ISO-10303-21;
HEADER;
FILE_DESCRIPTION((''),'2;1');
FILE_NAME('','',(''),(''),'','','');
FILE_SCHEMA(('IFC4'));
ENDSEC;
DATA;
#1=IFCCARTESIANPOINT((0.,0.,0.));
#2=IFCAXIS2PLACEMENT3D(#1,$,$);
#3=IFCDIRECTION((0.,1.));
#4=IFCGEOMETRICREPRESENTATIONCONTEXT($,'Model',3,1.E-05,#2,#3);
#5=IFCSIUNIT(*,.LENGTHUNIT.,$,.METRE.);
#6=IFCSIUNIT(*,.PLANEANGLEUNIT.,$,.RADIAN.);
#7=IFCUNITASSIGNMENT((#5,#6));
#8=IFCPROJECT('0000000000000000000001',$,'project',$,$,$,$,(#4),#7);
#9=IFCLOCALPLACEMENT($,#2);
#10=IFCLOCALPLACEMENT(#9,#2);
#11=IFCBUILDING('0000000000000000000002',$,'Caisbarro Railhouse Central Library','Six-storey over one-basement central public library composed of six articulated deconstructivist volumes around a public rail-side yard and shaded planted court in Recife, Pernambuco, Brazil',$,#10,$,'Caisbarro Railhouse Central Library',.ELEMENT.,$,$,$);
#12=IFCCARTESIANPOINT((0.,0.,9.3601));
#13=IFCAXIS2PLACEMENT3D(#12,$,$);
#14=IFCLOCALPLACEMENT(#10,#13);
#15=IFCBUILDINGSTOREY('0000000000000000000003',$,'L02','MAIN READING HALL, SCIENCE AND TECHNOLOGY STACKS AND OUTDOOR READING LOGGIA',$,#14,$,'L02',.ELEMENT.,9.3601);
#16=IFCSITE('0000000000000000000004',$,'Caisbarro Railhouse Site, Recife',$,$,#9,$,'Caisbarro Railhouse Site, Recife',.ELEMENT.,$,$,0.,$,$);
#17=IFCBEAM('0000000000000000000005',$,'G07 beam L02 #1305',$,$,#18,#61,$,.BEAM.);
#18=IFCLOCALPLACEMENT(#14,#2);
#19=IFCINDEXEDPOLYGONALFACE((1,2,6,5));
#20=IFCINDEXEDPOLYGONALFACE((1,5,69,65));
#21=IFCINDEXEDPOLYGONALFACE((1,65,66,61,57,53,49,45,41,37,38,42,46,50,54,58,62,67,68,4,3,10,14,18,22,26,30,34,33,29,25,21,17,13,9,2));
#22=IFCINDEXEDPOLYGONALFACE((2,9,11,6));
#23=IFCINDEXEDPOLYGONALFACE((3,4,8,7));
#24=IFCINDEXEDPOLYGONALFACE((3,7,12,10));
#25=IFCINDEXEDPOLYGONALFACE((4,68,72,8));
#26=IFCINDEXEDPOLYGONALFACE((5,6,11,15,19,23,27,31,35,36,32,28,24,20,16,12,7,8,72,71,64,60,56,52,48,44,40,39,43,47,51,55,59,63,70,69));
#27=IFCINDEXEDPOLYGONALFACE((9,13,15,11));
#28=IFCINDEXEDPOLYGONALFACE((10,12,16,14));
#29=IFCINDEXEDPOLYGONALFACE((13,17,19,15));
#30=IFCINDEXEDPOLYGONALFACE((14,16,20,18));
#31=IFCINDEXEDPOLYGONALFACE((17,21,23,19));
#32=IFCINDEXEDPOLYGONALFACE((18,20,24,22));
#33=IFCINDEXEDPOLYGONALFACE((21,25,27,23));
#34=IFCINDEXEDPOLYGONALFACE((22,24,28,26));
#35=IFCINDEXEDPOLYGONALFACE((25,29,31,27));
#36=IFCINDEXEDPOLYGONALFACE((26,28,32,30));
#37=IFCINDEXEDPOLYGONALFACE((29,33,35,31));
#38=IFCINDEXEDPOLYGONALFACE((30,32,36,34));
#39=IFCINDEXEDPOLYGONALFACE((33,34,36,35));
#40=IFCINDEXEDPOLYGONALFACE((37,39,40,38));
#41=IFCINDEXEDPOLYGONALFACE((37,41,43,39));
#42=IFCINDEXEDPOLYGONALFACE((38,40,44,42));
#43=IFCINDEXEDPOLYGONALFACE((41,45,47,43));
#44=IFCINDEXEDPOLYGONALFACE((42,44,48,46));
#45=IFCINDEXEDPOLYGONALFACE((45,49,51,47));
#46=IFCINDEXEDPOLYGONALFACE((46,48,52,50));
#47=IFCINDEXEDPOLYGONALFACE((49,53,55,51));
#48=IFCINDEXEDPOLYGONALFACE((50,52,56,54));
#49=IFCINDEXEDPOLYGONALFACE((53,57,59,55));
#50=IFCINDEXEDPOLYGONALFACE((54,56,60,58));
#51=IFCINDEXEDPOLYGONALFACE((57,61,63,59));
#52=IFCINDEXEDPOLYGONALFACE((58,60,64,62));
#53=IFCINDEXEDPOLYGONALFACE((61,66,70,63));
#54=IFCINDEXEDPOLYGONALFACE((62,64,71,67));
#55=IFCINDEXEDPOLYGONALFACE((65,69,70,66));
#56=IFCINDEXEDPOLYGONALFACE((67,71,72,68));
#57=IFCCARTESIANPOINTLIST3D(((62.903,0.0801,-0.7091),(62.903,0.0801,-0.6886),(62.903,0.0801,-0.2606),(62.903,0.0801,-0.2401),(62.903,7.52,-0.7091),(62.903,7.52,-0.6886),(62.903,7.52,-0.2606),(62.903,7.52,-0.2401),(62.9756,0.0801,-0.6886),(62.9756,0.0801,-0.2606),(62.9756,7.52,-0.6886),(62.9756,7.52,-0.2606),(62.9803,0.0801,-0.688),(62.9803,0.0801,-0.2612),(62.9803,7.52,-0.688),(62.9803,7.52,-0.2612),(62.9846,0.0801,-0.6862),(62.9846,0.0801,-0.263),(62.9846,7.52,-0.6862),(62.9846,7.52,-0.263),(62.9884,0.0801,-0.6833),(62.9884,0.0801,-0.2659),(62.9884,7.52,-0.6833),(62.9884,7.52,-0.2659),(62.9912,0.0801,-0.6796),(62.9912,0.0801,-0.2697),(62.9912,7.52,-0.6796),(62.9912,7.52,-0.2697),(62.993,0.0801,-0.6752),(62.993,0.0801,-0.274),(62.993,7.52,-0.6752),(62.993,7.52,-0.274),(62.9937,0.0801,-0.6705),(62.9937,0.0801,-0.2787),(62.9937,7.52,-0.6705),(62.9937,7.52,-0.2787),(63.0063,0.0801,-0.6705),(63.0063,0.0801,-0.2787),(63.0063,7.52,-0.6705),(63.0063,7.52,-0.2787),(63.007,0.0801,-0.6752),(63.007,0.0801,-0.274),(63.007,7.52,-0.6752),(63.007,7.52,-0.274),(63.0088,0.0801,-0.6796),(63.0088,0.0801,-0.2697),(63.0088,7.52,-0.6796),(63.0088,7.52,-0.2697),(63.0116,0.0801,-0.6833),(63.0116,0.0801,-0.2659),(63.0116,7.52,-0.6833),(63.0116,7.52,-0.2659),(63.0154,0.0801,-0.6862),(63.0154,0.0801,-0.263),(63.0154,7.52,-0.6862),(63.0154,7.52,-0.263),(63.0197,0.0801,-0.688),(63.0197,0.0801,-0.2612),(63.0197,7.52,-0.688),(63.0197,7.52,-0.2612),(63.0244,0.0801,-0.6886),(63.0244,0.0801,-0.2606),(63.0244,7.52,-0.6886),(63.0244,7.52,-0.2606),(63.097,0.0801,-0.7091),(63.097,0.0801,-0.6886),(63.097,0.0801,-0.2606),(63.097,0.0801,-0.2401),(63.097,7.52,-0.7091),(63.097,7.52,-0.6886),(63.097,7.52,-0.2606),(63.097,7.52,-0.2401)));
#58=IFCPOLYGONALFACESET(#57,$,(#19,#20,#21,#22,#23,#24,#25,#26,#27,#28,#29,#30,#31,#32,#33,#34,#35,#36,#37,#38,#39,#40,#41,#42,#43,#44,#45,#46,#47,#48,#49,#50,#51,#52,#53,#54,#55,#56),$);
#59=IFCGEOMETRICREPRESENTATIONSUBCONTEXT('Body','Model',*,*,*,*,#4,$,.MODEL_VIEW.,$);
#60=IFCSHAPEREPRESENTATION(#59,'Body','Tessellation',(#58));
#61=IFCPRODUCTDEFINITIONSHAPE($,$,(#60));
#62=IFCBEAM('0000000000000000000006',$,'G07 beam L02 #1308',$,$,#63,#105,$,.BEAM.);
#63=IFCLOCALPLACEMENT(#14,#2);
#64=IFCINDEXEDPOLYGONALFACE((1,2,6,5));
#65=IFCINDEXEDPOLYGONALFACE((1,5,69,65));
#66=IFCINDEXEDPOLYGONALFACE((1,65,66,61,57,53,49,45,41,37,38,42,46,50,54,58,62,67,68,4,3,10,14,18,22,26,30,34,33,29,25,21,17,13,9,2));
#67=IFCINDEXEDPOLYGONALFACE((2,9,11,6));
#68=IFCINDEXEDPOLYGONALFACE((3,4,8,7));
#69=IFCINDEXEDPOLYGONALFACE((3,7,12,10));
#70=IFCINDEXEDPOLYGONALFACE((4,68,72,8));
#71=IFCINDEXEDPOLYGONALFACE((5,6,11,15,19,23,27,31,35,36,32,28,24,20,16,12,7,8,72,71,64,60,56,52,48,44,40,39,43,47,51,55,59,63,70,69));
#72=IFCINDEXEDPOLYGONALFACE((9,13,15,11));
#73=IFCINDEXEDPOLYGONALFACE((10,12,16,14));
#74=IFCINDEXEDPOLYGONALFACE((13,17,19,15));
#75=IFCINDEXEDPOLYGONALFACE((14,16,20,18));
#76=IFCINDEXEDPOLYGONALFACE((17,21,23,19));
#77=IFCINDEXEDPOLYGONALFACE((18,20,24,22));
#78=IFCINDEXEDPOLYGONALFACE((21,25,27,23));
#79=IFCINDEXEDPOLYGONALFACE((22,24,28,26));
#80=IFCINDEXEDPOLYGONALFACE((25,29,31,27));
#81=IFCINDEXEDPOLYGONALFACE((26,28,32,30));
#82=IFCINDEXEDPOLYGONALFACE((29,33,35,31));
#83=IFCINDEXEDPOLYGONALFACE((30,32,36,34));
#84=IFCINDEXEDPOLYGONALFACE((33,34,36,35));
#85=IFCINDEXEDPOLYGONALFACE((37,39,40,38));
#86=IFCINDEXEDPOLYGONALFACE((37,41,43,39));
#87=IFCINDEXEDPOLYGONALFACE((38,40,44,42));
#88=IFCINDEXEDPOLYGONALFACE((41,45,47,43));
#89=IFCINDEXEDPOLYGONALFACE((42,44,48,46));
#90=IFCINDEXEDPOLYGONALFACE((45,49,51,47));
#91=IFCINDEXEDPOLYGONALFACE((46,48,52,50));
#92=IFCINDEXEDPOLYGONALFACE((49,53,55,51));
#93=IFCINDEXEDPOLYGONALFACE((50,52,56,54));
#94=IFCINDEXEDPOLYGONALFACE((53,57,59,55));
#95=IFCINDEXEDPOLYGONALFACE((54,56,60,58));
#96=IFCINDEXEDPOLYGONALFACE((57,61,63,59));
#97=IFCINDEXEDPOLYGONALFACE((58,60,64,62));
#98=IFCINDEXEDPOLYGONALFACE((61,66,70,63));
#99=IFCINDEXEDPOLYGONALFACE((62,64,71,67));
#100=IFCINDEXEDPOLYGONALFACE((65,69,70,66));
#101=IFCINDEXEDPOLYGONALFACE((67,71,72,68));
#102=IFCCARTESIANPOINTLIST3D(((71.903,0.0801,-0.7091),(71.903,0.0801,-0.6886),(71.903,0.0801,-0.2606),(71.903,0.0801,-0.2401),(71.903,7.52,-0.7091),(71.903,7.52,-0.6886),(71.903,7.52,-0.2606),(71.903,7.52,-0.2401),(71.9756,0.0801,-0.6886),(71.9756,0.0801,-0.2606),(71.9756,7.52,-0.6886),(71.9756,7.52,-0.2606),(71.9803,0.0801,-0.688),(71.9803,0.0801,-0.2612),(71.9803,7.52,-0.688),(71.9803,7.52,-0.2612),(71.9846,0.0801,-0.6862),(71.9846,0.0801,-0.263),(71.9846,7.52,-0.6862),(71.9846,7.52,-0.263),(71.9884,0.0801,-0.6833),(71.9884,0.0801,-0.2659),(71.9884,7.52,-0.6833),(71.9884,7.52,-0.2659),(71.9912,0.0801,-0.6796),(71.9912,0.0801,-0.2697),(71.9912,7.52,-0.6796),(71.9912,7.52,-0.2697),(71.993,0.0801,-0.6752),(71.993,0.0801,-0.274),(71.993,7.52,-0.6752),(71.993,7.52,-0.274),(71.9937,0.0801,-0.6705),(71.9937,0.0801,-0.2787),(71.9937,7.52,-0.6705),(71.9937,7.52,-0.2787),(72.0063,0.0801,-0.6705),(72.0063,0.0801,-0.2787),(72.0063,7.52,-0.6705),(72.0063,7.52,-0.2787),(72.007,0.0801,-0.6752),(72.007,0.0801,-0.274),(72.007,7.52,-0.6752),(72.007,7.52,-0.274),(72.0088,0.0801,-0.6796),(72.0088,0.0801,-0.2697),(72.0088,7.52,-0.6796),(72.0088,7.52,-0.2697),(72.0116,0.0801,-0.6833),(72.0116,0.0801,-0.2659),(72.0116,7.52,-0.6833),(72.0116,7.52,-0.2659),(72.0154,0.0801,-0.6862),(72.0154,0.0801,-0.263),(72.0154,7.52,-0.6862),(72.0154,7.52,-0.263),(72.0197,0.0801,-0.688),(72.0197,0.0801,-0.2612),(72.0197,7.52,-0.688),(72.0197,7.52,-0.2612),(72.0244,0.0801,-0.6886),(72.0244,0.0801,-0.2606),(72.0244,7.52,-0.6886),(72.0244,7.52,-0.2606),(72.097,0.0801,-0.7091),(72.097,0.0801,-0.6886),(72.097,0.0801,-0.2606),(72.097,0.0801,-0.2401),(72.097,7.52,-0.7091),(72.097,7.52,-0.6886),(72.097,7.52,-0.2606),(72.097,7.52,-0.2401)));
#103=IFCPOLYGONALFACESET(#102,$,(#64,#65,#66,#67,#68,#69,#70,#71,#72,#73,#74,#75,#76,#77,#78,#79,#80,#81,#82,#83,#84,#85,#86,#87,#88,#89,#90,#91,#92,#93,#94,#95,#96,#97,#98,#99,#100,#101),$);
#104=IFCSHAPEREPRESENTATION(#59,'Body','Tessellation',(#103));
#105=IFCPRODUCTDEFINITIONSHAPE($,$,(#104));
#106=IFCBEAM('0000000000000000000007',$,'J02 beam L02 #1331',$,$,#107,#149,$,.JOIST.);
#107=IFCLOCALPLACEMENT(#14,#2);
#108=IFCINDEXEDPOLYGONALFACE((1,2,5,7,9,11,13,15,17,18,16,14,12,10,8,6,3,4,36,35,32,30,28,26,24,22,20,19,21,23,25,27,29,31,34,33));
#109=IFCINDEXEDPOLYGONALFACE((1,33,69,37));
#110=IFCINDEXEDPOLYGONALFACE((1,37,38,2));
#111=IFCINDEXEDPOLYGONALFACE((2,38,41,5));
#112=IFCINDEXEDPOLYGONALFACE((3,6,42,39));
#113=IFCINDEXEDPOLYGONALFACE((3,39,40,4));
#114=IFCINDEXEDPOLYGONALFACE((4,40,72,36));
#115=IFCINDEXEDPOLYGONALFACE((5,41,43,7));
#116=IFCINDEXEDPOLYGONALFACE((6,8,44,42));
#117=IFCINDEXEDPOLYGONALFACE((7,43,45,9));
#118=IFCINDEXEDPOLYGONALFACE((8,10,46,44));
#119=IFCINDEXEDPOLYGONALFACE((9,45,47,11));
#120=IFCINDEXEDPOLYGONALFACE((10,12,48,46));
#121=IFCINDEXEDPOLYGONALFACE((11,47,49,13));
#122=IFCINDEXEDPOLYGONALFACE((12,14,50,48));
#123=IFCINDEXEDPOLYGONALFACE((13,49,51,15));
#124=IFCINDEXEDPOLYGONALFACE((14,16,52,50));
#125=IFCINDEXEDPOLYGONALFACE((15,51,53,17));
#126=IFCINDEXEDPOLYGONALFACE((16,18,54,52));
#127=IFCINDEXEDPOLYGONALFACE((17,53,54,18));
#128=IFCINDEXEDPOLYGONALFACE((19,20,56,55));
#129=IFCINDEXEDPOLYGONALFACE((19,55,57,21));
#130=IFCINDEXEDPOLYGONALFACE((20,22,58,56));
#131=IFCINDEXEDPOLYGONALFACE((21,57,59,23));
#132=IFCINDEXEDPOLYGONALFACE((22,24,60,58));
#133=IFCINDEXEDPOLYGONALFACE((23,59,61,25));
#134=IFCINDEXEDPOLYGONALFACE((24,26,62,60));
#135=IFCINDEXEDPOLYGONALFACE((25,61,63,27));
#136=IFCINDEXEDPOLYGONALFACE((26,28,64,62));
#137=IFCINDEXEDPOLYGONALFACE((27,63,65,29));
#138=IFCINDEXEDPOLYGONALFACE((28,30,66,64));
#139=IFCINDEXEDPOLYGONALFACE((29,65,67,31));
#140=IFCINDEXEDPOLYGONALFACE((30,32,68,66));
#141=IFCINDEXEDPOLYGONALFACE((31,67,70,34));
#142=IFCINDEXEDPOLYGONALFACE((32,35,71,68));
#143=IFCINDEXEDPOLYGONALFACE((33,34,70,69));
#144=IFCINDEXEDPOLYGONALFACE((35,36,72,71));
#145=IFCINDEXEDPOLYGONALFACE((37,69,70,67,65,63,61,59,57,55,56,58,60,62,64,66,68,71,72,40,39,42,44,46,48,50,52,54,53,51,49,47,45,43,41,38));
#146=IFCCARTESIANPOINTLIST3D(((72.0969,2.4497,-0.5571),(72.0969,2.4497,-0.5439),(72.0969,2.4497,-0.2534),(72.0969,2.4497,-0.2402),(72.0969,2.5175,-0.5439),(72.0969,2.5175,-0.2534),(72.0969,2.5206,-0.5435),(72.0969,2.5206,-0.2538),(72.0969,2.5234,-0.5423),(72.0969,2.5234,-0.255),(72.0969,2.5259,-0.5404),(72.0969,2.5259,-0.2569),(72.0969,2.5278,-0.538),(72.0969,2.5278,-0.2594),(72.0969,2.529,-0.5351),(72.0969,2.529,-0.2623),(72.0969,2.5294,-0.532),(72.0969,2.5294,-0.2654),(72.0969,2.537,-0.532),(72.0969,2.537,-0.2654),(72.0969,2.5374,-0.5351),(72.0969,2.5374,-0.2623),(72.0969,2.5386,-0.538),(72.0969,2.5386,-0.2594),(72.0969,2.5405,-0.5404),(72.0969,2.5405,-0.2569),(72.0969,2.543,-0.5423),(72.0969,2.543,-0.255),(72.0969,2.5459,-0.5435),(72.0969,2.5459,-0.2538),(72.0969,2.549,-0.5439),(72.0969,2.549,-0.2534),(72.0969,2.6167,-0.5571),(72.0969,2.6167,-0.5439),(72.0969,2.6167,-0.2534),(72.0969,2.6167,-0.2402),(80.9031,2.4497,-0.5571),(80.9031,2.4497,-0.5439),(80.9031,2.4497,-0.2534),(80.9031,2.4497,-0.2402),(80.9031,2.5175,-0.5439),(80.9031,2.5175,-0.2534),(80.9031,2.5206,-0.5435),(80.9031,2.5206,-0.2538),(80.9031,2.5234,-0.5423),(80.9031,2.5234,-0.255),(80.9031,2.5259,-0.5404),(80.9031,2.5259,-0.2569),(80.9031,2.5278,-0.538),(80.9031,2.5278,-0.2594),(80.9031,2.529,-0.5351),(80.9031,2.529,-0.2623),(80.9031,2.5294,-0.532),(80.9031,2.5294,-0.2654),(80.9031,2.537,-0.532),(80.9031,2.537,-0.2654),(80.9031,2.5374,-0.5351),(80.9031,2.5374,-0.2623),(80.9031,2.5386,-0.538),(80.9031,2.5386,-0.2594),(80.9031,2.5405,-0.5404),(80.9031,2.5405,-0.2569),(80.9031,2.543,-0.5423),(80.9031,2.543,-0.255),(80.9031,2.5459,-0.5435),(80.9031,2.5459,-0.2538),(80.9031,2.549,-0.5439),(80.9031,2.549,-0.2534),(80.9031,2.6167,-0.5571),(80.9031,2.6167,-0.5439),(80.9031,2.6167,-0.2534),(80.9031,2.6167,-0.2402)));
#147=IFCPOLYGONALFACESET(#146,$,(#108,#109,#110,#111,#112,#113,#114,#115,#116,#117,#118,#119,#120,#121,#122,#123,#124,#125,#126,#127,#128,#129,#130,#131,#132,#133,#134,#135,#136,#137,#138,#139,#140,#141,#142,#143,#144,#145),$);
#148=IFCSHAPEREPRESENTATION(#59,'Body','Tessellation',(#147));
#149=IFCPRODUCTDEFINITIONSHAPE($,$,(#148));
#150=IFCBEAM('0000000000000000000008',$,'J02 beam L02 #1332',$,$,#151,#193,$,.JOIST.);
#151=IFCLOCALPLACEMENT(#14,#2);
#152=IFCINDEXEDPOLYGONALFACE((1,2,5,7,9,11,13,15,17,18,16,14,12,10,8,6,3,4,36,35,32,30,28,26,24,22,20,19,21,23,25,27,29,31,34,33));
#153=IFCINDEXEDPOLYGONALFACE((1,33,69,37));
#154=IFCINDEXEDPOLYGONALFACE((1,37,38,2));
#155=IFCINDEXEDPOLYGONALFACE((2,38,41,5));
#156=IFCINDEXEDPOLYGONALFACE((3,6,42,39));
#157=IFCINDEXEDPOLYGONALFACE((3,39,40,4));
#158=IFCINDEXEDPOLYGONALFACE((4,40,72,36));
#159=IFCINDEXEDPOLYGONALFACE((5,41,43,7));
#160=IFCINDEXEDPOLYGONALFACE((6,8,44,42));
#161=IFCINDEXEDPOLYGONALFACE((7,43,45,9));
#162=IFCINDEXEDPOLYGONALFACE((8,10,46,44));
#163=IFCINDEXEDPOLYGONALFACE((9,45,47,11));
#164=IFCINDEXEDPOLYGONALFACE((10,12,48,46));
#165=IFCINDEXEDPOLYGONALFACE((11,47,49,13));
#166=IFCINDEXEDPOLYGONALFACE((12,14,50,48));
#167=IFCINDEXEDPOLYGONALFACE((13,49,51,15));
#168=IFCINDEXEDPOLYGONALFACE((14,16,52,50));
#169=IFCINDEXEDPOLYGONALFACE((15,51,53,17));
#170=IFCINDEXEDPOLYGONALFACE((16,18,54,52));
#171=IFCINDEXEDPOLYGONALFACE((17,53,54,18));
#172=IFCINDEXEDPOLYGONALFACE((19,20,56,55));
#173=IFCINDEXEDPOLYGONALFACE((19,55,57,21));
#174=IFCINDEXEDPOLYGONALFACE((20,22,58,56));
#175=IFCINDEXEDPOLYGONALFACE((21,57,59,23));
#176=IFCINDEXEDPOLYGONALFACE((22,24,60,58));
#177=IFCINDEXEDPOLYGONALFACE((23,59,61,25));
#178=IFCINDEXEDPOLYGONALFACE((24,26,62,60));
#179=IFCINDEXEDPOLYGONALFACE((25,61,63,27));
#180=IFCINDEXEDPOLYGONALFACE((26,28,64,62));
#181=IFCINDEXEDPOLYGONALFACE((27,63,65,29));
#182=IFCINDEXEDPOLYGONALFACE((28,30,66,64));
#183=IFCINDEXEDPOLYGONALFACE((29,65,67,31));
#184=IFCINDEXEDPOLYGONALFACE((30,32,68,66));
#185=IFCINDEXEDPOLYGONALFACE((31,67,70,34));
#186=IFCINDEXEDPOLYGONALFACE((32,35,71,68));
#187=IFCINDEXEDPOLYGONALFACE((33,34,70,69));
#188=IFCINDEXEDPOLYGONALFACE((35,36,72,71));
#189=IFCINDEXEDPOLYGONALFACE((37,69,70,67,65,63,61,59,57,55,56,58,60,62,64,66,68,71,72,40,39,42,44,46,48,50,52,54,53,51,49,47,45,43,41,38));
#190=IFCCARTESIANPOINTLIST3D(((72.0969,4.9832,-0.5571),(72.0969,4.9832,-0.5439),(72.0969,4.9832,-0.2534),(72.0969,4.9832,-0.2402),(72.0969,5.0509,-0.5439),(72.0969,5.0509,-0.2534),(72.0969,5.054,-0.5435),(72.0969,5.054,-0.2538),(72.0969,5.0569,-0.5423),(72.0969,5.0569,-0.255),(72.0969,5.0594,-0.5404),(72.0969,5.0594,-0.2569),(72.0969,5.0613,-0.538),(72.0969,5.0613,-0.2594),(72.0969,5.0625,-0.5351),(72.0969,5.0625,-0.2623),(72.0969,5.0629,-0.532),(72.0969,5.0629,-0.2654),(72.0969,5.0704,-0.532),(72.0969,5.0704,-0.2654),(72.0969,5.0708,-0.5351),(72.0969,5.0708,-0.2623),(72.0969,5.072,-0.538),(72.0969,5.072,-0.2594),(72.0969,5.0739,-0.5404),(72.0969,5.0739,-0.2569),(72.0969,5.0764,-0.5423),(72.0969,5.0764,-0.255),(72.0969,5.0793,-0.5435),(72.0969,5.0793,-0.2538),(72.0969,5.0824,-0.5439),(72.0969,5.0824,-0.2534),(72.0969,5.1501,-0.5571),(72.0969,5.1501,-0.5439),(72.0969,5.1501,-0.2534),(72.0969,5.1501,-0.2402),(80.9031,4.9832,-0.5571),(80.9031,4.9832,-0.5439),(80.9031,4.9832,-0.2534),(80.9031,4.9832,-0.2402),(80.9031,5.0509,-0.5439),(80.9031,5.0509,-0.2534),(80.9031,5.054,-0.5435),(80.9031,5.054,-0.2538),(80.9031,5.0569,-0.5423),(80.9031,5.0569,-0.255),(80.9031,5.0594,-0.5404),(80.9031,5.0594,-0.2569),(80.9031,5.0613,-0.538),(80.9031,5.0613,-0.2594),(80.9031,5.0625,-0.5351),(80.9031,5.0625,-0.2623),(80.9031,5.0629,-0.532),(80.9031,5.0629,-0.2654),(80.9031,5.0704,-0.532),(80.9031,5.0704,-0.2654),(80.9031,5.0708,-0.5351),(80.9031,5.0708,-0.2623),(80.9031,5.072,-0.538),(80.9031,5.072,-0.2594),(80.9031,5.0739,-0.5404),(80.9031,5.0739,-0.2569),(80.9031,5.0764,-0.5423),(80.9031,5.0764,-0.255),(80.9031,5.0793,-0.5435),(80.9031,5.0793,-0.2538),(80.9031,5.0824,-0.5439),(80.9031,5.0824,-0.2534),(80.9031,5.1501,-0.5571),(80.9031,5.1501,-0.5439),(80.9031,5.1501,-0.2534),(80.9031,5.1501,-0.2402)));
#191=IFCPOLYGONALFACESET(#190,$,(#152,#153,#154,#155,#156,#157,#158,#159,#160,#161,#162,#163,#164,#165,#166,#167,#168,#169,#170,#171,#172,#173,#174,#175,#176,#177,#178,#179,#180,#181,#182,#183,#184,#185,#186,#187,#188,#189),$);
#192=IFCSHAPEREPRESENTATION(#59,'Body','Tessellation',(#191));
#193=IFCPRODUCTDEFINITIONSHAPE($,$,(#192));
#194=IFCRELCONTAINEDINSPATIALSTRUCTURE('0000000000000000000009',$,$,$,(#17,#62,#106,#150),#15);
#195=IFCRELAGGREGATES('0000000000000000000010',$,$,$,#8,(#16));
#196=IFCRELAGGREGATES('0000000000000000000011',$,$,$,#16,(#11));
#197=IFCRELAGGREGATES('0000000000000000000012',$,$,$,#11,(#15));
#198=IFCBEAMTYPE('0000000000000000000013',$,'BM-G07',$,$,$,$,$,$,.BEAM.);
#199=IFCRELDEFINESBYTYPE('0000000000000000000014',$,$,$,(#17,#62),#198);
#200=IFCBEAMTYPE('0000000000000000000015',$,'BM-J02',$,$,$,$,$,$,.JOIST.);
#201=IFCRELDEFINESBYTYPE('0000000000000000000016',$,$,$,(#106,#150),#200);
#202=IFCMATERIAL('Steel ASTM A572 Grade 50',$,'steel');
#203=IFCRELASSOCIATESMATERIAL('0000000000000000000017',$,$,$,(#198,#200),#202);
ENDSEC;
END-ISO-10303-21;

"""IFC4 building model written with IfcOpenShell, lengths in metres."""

from ifc_helpers import new_model, si_unit, direction, frame, origin, origin_2d, place, context, subcontext, project, spatial, i_section, extrude, material, material_profile, profile_set, type_object, element, save


model = new_model("IFC4")

# Units and contexts
model_context = context("Model", 3, precision=1e-05, world=origin(), true_north=direction((0.0, 1.0)))
body_context = subcontext(model_context, "Body", "Model", "MODEL_VIEW")
ifc_project = project(units=[si_unit("LENGTHUNIT", "METRE"), si_unit("PLANEANGLEUNIT", "RADIAN")], contexts=[model_context])

# Site, building, storey
site_placement = place(None, origin())
site = spatial("IfcSite", under=ifc_project, at=site_placement, Name="Caisbarro Railhouse Site, Recife", LongName="Caisbarro Railhouse Site, Recife", CompositionType="ELEMENT", RefElevation=0.0)
building_placement = place(site_placement, origin())
building = spatial("IfcBuilding", under=site, at=building_placement, Name="Caisbarro Railhouse Central Library", Description="Six-storey over one-basement central public library composed of six articulated deconstructivist volumes around a public rail-side yard and shaded planted court in Recife, Pernambuco, Brazil", LongName="Caisbarro Railhouse Central Library", CompositionType="ELEMENT")
storey_placement = place(building_placement, frame((0.0, 0.0, 9.3601)))
storey = spatial("IfcBuildingStorey", under=building, at=storey_placement, Name="L02", Description="MAIN READING HALL, SCIENCE AND TECHNOLOGY STACKS AND OUTDOOR READING LOGGIA", LongName="L02", CompositionType="ELEMENT", Elevation=9.3601)

# Shared definitions
ifc_material_1 = material(Name="Steel ASTM A572 Grade 50", Category="steel")

# Beams
ifc_material_profile_1 = material_profile(ifc_material_1, i_section(OverallWidth=0.1941, OverallDepth=0.469, WebThickness=0.0127, FlangeThickness=0.0205, FilletRadius=0.0181, at=origin_2d()), Name="W460X106.0")
ifc_profile_set_1 = profile_set([ifc_material_profile_1], Name="Steel ASTM A572 Grade 50")
beam_type_1 = type_object("IfcBeamType", Name="BM-G07", PredefinedType="BEAM", material=ifc_profile_set_1)
for number, where, z_axis, x_axis, name in (
    (1, (63.0, 0.0801, -0.4746), (0.0, 1.0, 0.0), (-1.0, 0.0, 0.0), "G07 beam L02 #1305"),
    (2, (72.0, 0.0801, -0.4746), (0.0, 1.0, 0.0), (-1.0, 0.0, 0.0), "G07 beam L02 #1308"),
):
    element("IfcBeam", number, at=place(storey_placement, frame(where, z_axis=z_axis, x_axis=x_axis)), inside=storey, type_object=beam_type_1, Name=name, PredefinedType="BEAM", context=body_context, shape_type="SweptSolid", body=[
        extrude(i_section(OverallWidth=0.1941, OverallDepth=0.469, WebThickness=0.0127, FlangeThickness=0.0205, FilletRadius=0.0181, at=origin_2d()), origin(), (0.0, 0.0, 1.0), 7.4399),
    ])
ifc_material_profile_2 = material_profile(ifc_material_1, i_section(OverallWidth=0.167, OverallDepth=0.3169, WebThickness=0.0076, FlangeThickness=0.0132, FilletRadius=0.012, at=origin_2d()), Name="W310X52.0")
ifc_profile_set_2 = profile_set([ifc_material_profile_2], Name="Steel ASTM A572 Grade 50")
beam_type_2 = type_object("IfcBeamType", Name="BM-J02", PredefinedType="JOIST", material=ifc_profile_set_2)
for number, where, z_axis, x_axis, name in (
    (3, (72.0969, 2.5332, -0.3987), (1.0, 0.0, 0.0), (0.0, 1.0, 0.0), "J02 beam L02 #1331"),
    (4, (72.0969, 5.0667, -0.3987), (1.0, 0.0, 0.0), (0.0, 1.0, 0.0), "J02 beam L02 #1332"),
):
    element("IfcBeam", number, at=place(storey_placement, frame(where, z_axis=z_axis, x_axis=x_axis)), inside=storey, type_object=beam_type_2, Name=name, PredefinedType="JOIST", context=body_context, shape_type="SweptSolid", body=[
        extrude(i_section(OverallWidth=0.167, OverallDepth=0.3169, WebThickness=0.0076, FlangeThickness=0.0132, FilletRadius=0.012, at=origin_2d()), origin(), (0.0, 0.0, 1.0), 8.8062),
    ])

save(model, "model.ifc")
